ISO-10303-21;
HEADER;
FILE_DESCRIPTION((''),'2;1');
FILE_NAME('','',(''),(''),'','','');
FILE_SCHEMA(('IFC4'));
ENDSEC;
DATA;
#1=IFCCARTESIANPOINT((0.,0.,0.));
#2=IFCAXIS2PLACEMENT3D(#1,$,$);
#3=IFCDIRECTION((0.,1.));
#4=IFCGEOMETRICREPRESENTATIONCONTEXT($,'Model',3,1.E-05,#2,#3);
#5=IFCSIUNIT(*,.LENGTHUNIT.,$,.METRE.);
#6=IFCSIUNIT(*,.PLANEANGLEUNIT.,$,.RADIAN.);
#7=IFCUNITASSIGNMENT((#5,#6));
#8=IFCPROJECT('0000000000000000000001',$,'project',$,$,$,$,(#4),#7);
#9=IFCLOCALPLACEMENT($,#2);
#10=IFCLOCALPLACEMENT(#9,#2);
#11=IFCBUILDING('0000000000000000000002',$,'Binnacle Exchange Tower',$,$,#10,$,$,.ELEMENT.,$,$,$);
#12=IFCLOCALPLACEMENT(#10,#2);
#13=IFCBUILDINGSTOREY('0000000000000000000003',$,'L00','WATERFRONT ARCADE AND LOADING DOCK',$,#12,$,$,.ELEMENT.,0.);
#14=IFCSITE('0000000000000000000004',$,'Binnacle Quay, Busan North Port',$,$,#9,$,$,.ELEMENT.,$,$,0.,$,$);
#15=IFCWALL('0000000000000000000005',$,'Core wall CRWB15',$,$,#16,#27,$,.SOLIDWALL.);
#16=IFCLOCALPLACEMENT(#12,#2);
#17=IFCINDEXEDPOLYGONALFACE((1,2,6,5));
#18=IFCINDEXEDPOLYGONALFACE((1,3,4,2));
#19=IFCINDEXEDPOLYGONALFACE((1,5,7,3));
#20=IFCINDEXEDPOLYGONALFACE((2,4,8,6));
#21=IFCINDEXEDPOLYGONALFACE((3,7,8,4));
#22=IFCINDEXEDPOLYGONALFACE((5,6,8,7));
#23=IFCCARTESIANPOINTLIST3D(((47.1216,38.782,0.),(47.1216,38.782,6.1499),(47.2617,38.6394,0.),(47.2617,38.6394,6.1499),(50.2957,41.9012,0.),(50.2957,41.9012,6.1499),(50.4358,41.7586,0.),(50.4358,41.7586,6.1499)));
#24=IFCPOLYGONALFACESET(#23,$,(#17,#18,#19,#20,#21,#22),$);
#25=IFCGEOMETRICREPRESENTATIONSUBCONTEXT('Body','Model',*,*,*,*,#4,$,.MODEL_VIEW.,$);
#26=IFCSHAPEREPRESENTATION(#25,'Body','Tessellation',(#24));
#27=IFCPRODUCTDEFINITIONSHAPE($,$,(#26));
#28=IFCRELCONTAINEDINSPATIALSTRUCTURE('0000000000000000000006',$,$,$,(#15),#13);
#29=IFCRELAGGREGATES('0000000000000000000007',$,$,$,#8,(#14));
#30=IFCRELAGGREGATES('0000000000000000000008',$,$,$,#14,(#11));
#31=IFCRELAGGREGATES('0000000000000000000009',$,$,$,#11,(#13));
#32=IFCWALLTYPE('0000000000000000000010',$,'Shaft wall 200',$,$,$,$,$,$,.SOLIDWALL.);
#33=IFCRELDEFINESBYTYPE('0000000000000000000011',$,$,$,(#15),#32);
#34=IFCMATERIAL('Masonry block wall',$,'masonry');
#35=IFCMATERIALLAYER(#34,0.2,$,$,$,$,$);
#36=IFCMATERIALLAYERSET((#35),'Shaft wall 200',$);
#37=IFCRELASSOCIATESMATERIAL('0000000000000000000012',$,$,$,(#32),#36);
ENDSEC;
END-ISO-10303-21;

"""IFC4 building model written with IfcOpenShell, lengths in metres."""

from ifc_helpers import new_model, si_unit, direction, frame, frame_2d, origin, place, context, subcontext, project, spatial, rectangle, extrude, material, layer, layer_set, type_object, element, save


model = new_model("IFC4")

# Units and contexts
model_context = context("Model", 3, precision=1e-05, world=origin(), true_north=direction((0.0, 1.0)))
body_context = subcontext(model_context, "Body", "Model", "MODEL_VIEW")
ifc_project = project(units=[si_unit("LENGTHUNIT", "METRE"), si_unit("PLANEANGLEUNIT", "RADIAN")], contexts=[model_context])

# Site, building, storey
site_placement = place(None, origin())
site = spatial("IfcSite", under=ifc_project, at=site_placement, Name="Binnacle Quay, Busan North Port", CompositionType="ELEMENT", RefElevation=0.0)
building_placement = place(site_placement, origin())
building = spatial("IfcBuilding", under=site, at=building_placement, Name="Binnacle Exchange Tower", CompositionType="ELEMENT")
storey_placement = place(building_placement, origin())
storey = spatial("IfcBuildingStorey", under=building, at=storey_placement, Name="L00", Description="WATERFRONT ARCADE AND LOADING DOCK", CompositionType="ELEMENT", Elevation=0.0)

# Wall
ifc_material_1 = material(Name="Masonry block wall", Category="masonry")
ifc_layer_1 = layer(ifc_material_1, 0.2)
ifc_layer_set_1 = layer_set([ifc_layer_1], Name="Shaft wall 200")
wall_type_1 = type_object("IfcWallType", Name="Shaft wall 200", PredefinedType="SOLIDWALL", material=ifc_layer_set_1)
wall_1_placement = place(storey_placement, frame((47.1917, 38.7107, 0.0), z_axis=(0.0, 0.0, 1.0), x_axis=(0.713252, 0.700908, 0.0)))
element("IfcWall", 1, at=wall_1_placement, inside=storey, type_object=wall_type_1, Name="Core wall CRWB15", PredefinedType="SOLIDWALL", context=body_context, shape_type="SweptSolid", body=[
    extrude(rectangle(XDim=4.4502, YDim=0.2, at=frame_2d((2.2251, 0.0))), origin(), (0.0, 0.0, 1.0), 6.1499),
])

save(model, "model.ifc")
